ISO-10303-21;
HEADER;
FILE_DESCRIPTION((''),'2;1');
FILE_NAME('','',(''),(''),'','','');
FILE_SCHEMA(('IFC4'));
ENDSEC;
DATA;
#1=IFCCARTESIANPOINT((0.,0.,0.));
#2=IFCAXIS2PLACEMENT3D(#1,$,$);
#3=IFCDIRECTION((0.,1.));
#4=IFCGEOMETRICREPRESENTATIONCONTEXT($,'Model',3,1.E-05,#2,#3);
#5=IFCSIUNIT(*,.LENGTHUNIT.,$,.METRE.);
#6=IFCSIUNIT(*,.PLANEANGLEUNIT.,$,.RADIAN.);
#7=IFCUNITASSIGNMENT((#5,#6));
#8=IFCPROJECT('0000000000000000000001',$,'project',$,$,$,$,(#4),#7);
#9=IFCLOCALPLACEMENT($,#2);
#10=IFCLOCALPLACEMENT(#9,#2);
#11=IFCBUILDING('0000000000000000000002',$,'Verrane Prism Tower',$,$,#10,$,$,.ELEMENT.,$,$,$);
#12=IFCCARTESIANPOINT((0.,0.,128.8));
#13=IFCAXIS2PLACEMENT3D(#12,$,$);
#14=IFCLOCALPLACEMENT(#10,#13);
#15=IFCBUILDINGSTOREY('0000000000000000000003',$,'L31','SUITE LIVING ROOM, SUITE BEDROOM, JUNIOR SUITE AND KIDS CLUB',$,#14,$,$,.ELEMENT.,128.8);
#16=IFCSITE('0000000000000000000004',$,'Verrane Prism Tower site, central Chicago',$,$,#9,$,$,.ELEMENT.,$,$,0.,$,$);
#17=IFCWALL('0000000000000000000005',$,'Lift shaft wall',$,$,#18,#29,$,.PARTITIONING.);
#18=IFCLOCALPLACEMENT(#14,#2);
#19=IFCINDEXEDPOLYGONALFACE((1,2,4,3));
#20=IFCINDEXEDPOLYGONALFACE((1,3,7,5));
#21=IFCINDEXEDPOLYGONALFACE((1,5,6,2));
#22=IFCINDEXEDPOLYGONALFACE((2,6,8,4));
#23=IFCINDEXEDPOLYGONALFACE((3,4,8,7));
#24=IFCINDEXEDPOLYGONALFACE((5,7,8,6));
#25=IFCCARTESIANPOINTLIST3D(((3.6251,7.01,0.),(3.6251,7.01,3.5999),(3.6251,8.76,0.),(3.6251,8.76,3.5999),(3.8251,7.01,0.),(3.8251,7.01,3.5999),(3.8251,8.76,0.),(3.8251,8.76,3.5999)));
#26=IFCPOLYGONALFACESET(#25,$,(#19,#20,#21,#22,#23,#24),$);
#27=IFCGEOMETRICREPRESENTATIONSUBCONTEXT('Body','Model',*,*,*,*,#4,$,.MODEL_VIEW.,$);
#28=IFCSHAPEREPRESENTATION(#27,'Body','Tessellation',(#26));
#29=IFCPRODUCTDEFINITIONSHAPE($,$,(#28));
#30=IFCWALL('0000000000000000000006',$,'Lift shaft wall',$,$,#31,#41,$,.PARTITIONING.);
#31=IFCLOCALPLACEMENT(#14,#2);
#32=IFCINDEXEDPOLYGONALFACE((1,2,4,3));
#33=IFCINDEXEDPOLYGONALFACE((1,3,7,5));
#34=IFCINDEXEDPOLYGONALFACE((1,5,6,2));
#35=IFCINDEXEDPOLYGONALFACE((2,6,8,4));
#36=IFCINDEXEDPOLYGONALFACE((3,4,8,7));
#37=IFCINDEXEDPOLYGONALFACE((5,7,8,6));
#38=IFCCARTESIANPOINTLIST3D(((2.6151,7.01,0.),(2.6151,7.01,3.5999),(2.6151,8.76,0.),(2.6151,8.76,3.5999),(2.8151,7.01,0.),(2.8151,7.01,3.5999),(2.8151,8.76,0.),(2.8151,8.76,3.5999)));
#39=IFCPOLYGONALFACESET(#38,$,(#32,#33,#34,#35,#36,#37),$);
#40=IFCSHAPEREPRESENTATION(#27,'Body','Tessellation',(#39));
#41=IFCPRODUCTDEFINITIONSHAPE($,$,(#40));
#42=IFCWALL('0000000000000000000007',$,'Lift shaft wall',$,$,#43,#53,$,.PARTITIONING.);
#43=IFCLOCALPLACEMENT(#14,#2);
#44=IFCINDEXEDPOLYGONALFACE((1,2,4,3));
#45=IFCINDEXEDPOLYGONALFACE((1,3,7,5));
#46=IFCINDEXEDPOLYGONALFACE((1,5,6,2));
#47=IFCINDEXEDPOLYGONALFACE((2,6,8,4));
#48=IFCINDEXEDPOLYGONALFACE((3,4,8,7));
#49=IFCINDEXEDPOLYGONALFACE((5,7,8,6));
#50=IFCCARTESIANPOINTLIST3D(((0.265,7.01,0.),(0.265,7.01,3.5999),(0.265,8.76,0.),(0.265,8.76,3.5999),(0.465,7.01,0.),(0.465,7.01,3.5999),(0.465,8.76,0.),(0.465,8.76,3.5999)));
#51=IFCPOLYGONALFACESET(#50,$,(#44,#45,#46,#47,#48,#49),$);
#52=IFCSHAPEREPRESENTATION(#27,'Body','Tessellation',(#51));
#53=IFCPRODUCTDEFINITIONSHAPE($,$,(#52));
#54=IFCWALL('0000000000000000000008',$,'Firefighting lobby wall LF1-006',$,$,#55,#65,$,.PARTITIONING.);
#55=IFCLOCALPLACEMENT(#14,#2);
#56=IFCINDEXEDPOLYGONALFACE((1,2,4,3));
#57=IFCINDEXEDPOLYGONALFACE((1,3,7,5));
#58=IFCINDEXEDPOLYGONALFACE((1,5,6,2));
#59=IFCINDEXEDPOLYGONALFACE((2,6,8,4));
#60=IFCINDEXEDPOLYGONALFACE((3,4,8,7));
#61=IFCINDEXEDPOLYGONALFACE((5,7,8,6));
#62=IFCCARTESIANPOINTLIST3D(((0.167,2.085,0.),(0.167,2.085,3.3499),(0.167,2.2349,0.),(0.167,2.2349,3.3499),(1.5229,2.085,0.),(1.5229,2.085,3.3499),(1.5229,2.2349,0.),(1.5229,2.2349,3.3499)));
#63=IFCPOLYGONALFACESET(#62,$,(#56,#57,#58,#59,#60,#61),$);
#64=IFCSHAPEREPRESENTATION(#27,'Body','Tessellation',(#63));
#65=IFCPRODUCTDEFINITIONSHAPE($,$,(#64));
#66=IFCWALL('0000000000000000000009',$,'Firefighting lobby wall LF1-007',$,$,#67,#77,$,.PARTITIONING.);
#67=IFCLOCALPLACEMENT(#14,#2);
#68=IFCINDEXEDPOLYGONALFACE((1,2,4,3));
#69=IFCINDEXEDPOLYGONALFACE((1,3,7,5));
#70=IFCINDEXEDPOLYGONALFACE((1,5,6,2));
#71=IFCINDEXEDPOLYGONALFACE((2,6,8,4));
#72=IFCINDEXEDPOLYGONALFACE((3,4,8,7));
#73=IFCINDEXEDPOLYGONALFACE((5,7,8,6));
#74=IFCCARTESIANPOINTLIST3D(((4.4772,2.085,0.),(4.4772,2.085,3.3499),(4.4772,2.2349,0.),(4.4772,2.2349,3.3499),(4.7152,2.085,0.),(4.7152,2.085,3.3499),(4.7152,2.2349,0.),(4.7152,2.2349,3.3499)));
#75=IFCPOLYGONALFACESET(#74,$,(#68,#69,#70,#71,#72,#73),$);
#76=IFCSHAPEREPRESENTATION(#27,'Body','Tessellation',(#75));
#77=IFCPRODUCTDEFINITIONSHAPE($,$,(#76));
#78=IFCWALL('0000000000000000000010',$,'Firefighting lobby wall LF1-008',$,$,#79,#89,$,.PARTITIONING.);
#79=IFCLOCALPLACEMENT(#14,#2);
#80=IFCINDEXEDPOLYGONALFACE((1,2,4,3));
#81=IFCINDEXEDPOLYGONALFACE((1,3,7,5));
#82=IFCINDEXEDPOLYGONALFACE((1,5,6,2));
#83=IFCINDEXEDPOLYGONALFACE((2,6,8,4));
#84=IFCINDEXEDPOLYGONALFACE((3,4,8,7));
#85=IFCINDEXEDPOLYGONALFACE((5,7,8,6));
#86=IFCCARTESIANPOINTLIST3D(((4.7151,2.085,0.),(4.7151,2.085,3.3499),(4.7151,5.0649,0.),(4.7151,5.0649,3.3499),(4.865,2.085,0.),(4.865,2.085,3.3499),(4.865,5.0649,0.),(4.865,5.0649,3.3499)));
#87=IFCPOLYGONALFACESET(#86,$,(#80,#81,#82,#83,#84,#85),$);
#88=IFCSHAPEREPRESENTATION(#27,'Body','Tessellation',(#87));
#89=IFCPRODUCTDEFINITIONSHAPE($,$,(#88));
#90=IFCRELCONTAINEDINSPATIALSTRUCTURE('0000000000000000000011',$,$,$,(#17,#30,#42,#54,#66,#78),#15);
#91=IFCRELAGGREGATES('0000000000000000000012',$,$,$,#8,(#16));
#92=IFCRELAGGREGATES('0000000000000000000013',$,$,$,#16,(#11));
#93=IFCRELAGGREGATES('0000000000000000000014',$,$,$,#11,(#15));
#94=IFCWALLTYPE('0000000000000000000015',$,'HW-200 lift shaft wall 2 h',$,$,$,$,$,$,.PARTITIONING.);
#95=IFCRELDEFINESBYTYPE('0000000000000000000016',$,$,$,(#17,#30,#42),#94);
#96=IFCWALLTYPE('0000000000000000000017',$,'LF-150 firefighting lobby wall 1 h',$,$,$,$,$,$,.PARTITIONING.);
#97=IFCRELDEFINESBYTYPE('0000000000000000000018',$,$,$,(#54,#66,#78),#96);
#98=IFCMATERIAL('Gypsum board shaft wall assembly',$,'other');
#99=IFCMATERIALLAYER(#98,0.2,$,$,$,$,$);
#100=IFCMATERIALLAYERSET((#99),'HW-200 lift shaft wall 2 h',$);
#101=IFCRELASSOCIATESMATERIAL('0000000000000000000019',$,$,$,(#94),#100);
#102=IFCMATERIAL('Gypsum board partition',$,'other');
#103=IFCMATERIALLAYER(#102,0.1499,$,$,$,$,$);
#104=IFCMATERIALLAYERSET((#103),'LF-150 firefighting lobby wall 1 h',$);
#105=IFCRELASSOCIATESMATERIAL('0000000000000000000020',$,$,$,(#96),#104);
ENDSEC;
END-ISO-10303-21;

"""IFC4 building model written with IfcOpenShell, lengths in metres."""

from ifc_helpers import new_model, si_unit, direction, frame, frame_2d, origin, place, context, subcontext, project, spatial, rectangle, extrude, material, layer, layer_set, type_object, element, save


model = new_model("IFC4")

# Units and contexts
model_context = context("Model", 3, precision=1e-05, world=origin(), true_north=direction((0.0, 1.0)))
body_context = subcontext(model_context, "Body", "Model", "MODEL_VIEW")
ifc_project = project(units=[si_unit("LENGTHUNIT", "METRE"), si_unit("PLANEANGLEUNIT", "RADIAN")], contexts=[model_context])

# Site, building, storey
site_placement = place(None, origin())
site = spatial("IfcSite", under=ifc_project, at=site_placement, Name="Verrane Prism Tower site, central Chicago", CompositionType="ELEMENT", RefElevation=0.0)
building_placement = place(site_placement, origin())
building = spatial("IfcBuilding", under=site, at=building_placement, Name="Verrane Prism Tower", CompositionType="ELEMENT")
storey_placement = place(building_placement, frame((0.0, 0.0, 128.8)))
storey = spatial("IfcBuildingStorey", under=building, at=storey_placement, Name="L31", Description="SUITE LIVING ROOM, SUITE BEDROOM, JUNIOR SUITE AND KIDS CLUB", CompositionType="ELEMENT", Elevation=128.8)

# Shared definitions
ifc_material_1 = material(Name="Gypsum board shaft wall assembly", Category="other")
ifc_layer_1 = layer(ifc_material_1, 0.2)
ifc_layer_set_1 = layer_set([ifc_layer_1], Name="HW-200 lift shaft wall 2 h")
wall_type_1 = type_object("IfcWallType", Name="HW-200 lift shaft wall 2 h", PredefinedType="PARTITIONING", material=ifc_layer_set_1)

# Walls
for number, where, z_axis, x_axis, name in (
    (1, (3.7251, 7.01, 0.0), (0.0, 0.0, 1.0), (0.0, 1.0, 0.0), "Lift shaft wall"),
    (2, (2.7151, 7.01, 0.0), (0.0, 0.0, 1.0), (0.0, 1.0, 0.0), "Lift shaft wall"),
    (3, (0.365, 7.01, 0.0), (0.0, 0.0, 1.0), (0.0, 1.0, 0.0), "Lift shaft wall"),
):
    element("IfcWall", number, at=place(storey_placement, frame(where, z_axis=z_axis, x_axis=x_axis)), inside=storey, type_object=wall_type_1, Name=name, PredefinedType="PARTITIONING", context=body_context, shape_type="SweptSolid", body=[
        extrude(rectangle(XDim=1.75, YDim=0.2, at=frame_2d((0.875, 0.0))), origin(), (0.0, 0.0, 1.0), 3.5999),
    ])
ifc_material_2 = material(Name="Gypsum board partition", Category="other")
ifc_layer_2 = layer(ifc_material_2, 0.1499)
ifc_layer_set_2 = layer_set([ifc_layer_2], Name="LF-150 firefighting lobby wall 1 h")
wall_type_2 = type_object("IfcWallType", Name="LF-150 firefighting lobby wall 1 h", PredefinedType="PARTITIONING", material=ifc_layer_set_2)
wall_1_placement = place(storey_placement, frame((0.167, 2.1599, 0.0), z_axis=(0.0, 0.0, 1.0), x_axis=(1.0, 0.0, 0.0)))
element("IfcWall", 4, at=wall_1_placement, inside=storey, type_object=wall_type_2, Name="Firefighting lobby wall LF1-006", PredefinedType="PARTITIONING", context=body_context, shape_type="SweptSolid", body=[
    extrude(rectangle(XDim=1.356, YDim=0.1499, at=frame_2d((0.678, 0.0))), origin(), (0.0, 0.0, 1.0), 3.3499),
])
wall_2_placement = place(storey_placement, frame((4.4771, 2.1599, 0.0), z_axis=(0.0, 0.0, 1.0), x_axis=(1.0, 0.0, 0.0)))
element("IfcWall", 5, at=wall_2_placement, inside=storey, type_object=wall_type_2, Name="Firefighting lobby wall LF1-007", PredefinedType="PARTITIONING", context=body_context, shape_type="SweptSolid", body=[
    extrude(rectangle(XDim=0.238, YDim=0.1499, at=frame_2d((0.1191, 0.0))), origin(), (0.0, 0.0, 1.0), 3.3499),
])
wall_3_placement = place(storey_placement, frame((4.79, 2.085, 0.0), z_axis=(0.0, 0.0, 1.0), x_axis=(0.0, 1.0, 0.0)))
element("IfcWall", 6, at=wall_3_placement, inside=storey, type_object=wall_type_2, Name="Firefighting lobby wall LF1-008", PredefinedType="PARTITIONING", context=body_context, shape_type="SweptSolid", body=[
    extrude(rectangle(XDim=2.98, YDim=0.1499, at=frame_2d((1.49, 0.0))), origin(), (0.0, 0.0, 1.0), 3.3499),
])

save(model, "model.ifc")
